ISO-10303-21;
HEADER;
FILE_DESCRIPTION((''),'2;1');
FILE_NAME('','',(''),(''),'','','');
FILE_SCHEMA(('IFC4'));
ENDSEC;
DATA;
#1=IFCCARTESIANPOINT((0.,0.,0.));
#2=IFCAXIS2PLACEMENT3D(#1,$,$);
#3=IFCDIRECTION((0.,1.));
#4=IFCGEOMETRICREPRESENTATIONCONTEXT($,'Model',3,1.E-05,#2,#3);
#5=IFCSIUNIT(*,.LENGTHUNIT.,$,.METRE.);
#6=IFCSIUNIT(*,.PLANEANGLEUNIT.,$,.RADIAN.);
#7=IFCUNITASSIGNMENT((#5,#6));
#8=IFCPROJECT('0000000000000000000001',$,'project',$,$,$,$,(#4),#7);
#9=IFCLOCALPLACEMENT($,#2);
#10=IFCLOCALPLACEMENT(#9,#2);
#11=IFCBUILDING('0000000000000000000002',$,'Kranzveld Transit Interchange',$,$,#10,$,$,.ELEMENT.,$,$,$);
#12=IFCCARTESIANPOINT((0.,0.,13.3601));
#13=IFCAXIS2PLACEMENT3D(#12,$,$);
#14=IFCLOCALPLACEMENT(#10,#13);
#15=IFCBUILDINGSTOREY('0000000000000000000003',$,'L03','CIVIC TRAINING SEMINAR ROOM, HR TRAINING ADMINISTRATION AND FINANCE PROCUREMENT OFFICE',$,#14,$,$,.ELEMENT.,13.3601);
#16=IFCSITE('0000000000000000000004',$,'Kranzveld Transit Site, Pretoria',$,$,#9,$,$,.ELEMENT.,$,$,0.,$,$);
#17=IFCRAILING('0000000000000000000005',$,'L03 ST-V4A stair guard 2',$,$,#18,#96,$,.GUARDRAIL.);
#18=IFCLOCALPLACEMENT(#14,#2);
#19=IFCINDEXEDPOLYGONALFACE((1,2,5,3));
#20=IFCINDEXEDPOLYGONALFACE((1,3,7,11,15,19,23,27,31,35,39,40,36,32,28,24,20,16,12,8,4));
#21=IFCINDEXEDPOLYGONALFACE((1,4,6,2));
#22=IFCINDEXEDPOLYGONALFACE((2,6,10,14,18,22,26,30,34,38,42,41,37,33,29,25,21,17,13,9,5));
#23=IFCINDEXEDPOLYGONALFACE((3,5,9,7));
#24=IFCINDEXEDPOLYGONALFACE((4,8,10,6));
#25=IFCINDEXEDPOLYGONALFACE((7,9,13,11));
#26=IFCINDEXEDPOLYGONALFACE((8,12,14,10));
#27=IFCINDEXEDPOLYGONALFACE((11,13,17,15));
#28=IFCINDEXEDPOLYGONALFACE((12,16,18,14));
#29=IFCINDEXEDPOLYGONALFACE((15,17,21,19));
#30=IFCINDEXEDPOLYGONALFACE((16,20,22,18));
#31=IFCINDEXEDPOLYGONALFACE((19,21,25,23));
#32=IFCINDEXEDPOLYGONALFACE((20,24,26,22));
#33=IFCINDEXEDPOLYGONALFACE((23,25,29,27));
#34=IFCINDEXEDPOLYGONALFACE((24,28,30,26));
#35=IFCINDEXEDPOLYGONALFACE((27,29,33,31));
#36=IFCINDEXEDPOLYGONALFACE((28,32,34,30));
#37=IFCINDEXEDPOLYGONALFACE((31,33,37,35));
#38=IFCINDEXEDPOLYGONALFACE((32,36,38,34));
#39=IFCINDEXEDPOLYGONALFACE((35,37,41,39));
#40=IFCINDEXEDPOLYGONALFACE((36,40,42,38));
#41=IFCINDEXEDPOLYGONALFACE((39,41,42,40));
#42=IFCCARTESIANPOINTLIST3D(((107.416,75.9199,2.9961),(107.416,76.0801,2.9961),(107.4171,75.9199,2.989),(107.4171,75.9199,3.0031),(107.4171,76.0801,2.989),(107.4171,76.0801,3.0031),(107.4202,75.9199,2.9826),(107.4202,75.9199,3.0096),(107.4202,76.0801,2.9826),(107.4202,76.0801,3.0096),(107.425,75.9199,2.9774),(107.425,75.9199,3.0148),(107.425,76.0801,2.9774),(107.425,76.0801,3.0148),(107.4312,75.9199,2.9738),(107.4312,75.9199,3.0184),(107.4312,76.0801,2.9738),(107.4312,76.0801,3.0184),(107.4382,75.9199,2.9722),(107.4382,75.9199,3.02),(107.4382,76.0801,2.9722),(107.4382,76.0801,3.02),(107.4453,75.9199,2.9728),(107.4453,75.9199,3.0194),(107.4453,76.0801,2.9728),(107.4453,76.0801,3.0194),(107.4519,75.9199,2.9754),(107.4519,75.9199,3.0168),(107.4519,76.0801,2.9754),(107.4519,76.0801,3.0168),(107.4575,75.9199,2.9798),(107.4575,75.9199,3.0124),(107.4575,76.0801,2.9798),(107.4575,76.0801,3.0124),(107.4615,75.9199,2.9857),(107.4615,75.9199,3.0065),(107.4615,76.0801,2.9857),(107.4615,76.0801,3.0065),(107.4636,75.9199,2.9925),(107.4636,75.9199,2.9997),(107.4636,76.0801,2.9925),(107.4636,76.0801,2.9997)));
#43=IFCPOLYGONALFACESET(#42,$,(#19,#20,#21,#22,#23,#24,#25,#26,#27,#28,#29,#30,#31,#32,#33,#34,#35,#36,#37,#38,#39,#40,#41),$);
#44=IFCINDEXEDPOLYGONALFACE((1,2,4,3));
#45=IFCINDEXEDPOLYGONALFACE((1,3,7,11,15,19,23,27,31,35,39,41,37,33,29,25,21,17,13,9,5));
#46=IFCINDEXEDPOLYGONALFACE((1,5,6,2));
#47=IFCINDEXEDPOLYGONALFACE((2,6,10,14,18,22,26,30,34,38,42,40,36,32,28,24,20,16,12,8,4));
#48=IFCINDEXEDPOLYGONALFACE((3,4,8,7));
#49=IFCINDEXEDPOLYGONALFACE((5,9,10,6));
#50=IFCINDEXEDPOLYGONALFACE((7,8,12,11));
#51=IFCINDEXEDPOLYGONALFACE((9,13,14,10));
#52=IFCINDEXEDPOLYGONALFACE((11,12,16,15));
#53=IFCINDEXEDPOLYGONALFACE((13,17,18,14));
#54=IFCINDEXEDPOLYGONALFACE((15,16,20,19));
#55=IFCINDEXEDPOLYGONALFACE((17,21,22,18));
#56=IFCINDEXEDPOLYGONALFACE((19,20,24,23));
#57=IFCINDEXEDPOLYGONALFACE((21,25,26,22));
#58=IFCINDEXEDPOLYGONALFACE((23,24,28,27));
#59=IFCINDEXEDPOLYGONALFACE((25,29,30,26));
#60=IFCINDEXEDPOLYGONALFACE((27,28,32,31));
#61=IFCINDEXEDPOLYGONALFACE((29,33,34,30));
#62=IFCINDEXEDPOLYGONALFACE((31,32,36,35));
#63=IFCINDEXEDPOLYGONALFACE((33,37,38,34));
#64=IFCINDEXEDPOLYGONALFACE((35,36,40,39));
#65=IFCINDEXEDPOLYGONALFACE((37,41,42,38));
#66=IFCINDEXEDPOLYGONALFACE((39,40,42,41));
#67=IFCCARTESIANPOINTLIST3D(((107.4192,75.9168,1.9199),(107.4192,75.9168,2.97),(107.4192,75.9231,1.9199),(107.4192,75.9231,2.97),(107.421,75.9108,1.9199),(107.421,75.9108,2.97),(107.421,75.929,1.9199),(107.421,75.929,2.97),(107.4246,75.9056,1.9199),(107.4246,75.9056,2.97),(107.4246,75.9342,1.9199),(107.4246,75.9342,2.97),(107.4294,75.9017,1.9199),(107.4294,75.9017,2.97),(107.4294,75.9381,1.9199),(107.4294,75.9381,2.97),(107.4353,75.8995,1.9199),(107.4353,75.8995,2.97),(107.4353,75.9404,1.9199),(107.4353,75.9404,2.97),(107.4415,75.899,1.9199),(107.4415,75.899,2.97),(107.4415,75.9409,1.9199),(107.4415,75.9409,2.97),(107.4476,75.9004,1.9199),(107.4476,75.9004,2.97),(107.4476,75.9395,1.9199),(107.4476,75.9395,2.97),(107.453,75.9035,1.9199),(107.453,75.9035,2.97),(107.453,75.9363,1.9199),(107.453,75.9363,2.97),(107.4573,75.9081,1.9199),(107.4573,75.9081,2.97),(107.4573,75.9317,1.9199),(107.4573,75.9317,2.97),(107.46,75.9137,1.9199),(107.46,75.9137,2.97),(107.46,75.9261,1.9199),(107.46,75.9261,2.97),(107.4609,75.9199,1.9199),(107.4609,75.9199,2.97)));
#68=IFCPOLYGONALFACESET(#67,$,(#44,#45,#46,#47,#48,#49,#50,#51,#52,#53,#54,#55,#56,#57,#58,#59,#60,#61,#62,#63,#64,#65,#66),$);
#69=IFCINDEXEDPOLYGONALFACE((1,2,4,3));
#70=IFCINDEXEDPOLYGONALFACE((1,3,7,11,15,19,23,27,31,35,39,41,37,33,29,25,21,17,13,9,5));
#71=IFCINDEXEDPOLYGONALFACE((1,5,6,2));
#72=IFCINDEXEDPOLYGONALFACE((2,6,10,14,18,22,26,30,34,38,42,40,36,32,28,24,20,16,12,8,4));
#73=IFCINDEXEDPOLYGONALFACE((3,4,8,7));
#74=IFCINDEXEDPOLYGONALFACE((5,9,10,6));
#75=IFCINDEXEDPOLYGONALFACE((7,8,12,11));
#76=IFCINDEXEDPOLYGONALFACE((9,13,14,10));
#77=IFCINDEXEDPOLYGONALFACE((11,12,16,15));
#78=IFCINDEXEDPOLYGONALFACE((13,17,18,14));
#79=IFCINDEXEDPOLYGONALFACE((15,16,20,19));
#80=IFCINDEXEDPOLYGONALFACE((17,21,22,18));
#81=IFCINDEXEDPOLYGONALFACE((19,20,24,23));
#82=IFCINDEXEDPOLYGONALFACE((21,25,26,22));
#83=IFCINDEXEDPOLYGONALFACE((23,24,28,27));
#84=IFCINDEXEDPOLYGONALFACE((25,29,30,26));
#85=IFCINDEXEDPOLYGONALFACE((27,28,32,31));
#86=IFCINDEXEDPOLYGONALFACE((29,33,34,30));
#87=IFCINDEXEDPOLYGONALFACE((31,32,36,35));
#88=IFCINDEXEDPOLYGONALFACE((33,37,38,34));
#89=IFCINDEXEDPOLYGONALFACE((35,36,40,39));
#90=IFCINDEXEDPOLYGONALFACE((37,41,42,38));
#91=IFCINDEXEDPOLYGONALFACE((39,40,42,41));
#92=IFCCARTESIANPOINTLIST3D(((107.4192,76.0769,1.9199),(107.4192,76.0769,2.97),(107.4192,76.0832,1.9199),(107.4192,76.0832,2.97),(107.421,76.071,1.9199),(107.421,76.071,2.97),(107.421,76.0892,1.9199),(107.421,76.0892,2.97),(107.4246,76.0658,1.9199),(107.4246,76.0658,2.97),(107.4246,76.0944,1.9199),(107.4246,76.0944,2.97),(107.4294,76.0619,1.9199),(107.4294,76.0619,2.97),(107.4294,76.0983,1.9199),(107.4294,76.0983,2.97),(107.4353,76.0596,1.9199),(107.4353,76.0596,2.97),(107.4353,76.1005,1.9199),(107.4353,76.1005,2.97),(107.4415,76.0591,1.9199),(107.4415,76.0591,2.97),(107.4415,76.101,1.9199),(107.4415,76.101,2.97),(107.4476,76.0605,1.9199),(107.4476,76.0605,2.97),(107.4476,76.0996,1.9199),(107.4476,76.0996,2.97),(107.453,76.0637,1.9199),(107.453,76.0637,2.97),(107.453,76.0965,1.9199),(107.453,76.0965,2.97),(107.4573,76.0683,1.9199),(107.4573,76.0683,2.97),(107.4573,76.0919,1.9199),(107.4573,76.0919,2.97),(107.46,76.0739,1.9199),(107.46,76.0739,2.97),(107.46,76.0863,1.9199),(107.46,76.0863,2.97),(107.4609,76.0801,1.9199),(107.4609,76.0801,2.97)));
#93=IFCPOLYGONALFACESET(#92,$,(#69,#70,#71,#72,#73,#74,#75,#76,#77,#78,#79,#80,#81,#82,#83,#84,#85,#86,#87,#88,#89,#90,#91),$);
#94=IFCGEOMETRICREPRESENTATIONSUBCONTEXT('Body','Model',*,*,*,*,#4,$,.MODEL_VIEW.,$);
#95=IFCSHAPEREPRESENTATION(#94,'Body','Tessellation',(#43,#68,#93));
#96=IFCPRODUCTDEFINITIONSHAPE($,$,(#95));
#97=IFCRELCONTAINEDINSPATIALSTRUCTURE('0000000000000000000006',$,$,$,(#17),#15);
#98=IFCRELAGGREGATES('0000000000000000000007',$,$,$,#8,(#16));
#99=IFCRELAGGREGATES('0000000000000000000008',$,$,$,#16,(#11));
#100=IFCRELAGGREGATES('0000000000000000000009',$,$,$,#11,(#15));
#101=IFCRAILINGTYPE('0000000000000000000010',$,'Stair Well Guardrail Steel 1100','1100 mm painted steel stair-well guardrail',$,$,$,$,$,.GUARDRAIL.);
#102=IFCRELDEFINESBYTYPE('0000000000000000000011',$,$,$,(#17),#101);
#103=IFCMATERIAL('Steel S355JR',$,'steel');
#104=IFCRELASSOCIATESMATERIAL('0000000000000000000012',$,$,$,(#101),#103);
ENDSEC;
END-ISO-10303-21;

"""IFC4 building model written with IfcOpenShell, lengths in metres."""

from ifc_helpers import new_model, si_unit, direction, frame, origin, origin_2d, place, context, subcontext, project, spatial, circle, extrude, material, type_object, element, save


model = new_model("IFC4")

# Units and contexts
model_context = context("Model", 3, precision=1e-05, world=origin(), true_north=direction((0.0, 1.0)))
body_context = subcontext(model_context, "Body", "Model", "MODEL_VIEW")
ifc_project = project(units=[si_unit("LENGTHUNIT", "METRE"), si_unit("PLANEANGLEUNIT", "RADIAN")], contexts=[model_context])

# Site, building, storey
site_placement = place(None, origin())
site = spatial("IfcSite", under=ifc_project, at=site_placement, Name="Kranzveld Transit Site, Pretoria", CompositionType="ELEMENT", RefElevation=0.0)
building_placement = place(site_placement, origin())
building = spatial("IfcBuilding", under=site, at=building_placement, Name="Kranzveld Transit Interchange", CompositionType="ELEMENT")
storey_placement = place(building_placement, frame((0.0, 0.0, 13.3601)))
storey = spatial("IfcBuildingStorey", under=building, at=storey_placement, Name="L03", Description="CIVIC TRAINING SEMINAR ROOM, HR TRAINING ADMINISTRATION AND FINANCE PROCUREMENT OFFICE", CompositionType="ELEMENT", Elevation=13.3601)

# Railing
ifc_material_1 = material(Name="Steel S355JR", Category="steel")
railing_type_1 = type_object("IfcRailingType", Name="Stair Well Guardrail Steel 1100", Description="1100 mm painted steel stair-well guardrail", PredefinedType="GUARDRAIL", material=ifc_material_1)
railing_1_placement = place(storey_placement, frame((107.4399, 75.9199, 1.9199)))
element("IfcRailing", 1, at=railing_1_placement, inside=storey, type_object=railing_type_1, Name="L03 ST-V4A stair guard 2", PredefinedType="GUARDRAIL", context=body_context, shape_type="SweptSolid", body=[
    extrude(circle(Radius=0.0239, at=origin_2d()), frame((0.0, 0.0, 1.0762), z_axis=(0.0, 1.0, 0.0), x_axis=(-1.0, 0.0, 0.0)), (0.0, 0.0, 1.0), 0.1602),
    extrude(circle(Radius=0.021, at=origin_2d()), origin(), (0.0, 0.0, 1.0), 1.05),
    extrude(circle(Radius=0.021, at=origin_2d()), frame((0.0, 0.1602, 0.0)), (0.0, 0.0, 1.0), 1.05),
])

save(model, "model.ifc")
